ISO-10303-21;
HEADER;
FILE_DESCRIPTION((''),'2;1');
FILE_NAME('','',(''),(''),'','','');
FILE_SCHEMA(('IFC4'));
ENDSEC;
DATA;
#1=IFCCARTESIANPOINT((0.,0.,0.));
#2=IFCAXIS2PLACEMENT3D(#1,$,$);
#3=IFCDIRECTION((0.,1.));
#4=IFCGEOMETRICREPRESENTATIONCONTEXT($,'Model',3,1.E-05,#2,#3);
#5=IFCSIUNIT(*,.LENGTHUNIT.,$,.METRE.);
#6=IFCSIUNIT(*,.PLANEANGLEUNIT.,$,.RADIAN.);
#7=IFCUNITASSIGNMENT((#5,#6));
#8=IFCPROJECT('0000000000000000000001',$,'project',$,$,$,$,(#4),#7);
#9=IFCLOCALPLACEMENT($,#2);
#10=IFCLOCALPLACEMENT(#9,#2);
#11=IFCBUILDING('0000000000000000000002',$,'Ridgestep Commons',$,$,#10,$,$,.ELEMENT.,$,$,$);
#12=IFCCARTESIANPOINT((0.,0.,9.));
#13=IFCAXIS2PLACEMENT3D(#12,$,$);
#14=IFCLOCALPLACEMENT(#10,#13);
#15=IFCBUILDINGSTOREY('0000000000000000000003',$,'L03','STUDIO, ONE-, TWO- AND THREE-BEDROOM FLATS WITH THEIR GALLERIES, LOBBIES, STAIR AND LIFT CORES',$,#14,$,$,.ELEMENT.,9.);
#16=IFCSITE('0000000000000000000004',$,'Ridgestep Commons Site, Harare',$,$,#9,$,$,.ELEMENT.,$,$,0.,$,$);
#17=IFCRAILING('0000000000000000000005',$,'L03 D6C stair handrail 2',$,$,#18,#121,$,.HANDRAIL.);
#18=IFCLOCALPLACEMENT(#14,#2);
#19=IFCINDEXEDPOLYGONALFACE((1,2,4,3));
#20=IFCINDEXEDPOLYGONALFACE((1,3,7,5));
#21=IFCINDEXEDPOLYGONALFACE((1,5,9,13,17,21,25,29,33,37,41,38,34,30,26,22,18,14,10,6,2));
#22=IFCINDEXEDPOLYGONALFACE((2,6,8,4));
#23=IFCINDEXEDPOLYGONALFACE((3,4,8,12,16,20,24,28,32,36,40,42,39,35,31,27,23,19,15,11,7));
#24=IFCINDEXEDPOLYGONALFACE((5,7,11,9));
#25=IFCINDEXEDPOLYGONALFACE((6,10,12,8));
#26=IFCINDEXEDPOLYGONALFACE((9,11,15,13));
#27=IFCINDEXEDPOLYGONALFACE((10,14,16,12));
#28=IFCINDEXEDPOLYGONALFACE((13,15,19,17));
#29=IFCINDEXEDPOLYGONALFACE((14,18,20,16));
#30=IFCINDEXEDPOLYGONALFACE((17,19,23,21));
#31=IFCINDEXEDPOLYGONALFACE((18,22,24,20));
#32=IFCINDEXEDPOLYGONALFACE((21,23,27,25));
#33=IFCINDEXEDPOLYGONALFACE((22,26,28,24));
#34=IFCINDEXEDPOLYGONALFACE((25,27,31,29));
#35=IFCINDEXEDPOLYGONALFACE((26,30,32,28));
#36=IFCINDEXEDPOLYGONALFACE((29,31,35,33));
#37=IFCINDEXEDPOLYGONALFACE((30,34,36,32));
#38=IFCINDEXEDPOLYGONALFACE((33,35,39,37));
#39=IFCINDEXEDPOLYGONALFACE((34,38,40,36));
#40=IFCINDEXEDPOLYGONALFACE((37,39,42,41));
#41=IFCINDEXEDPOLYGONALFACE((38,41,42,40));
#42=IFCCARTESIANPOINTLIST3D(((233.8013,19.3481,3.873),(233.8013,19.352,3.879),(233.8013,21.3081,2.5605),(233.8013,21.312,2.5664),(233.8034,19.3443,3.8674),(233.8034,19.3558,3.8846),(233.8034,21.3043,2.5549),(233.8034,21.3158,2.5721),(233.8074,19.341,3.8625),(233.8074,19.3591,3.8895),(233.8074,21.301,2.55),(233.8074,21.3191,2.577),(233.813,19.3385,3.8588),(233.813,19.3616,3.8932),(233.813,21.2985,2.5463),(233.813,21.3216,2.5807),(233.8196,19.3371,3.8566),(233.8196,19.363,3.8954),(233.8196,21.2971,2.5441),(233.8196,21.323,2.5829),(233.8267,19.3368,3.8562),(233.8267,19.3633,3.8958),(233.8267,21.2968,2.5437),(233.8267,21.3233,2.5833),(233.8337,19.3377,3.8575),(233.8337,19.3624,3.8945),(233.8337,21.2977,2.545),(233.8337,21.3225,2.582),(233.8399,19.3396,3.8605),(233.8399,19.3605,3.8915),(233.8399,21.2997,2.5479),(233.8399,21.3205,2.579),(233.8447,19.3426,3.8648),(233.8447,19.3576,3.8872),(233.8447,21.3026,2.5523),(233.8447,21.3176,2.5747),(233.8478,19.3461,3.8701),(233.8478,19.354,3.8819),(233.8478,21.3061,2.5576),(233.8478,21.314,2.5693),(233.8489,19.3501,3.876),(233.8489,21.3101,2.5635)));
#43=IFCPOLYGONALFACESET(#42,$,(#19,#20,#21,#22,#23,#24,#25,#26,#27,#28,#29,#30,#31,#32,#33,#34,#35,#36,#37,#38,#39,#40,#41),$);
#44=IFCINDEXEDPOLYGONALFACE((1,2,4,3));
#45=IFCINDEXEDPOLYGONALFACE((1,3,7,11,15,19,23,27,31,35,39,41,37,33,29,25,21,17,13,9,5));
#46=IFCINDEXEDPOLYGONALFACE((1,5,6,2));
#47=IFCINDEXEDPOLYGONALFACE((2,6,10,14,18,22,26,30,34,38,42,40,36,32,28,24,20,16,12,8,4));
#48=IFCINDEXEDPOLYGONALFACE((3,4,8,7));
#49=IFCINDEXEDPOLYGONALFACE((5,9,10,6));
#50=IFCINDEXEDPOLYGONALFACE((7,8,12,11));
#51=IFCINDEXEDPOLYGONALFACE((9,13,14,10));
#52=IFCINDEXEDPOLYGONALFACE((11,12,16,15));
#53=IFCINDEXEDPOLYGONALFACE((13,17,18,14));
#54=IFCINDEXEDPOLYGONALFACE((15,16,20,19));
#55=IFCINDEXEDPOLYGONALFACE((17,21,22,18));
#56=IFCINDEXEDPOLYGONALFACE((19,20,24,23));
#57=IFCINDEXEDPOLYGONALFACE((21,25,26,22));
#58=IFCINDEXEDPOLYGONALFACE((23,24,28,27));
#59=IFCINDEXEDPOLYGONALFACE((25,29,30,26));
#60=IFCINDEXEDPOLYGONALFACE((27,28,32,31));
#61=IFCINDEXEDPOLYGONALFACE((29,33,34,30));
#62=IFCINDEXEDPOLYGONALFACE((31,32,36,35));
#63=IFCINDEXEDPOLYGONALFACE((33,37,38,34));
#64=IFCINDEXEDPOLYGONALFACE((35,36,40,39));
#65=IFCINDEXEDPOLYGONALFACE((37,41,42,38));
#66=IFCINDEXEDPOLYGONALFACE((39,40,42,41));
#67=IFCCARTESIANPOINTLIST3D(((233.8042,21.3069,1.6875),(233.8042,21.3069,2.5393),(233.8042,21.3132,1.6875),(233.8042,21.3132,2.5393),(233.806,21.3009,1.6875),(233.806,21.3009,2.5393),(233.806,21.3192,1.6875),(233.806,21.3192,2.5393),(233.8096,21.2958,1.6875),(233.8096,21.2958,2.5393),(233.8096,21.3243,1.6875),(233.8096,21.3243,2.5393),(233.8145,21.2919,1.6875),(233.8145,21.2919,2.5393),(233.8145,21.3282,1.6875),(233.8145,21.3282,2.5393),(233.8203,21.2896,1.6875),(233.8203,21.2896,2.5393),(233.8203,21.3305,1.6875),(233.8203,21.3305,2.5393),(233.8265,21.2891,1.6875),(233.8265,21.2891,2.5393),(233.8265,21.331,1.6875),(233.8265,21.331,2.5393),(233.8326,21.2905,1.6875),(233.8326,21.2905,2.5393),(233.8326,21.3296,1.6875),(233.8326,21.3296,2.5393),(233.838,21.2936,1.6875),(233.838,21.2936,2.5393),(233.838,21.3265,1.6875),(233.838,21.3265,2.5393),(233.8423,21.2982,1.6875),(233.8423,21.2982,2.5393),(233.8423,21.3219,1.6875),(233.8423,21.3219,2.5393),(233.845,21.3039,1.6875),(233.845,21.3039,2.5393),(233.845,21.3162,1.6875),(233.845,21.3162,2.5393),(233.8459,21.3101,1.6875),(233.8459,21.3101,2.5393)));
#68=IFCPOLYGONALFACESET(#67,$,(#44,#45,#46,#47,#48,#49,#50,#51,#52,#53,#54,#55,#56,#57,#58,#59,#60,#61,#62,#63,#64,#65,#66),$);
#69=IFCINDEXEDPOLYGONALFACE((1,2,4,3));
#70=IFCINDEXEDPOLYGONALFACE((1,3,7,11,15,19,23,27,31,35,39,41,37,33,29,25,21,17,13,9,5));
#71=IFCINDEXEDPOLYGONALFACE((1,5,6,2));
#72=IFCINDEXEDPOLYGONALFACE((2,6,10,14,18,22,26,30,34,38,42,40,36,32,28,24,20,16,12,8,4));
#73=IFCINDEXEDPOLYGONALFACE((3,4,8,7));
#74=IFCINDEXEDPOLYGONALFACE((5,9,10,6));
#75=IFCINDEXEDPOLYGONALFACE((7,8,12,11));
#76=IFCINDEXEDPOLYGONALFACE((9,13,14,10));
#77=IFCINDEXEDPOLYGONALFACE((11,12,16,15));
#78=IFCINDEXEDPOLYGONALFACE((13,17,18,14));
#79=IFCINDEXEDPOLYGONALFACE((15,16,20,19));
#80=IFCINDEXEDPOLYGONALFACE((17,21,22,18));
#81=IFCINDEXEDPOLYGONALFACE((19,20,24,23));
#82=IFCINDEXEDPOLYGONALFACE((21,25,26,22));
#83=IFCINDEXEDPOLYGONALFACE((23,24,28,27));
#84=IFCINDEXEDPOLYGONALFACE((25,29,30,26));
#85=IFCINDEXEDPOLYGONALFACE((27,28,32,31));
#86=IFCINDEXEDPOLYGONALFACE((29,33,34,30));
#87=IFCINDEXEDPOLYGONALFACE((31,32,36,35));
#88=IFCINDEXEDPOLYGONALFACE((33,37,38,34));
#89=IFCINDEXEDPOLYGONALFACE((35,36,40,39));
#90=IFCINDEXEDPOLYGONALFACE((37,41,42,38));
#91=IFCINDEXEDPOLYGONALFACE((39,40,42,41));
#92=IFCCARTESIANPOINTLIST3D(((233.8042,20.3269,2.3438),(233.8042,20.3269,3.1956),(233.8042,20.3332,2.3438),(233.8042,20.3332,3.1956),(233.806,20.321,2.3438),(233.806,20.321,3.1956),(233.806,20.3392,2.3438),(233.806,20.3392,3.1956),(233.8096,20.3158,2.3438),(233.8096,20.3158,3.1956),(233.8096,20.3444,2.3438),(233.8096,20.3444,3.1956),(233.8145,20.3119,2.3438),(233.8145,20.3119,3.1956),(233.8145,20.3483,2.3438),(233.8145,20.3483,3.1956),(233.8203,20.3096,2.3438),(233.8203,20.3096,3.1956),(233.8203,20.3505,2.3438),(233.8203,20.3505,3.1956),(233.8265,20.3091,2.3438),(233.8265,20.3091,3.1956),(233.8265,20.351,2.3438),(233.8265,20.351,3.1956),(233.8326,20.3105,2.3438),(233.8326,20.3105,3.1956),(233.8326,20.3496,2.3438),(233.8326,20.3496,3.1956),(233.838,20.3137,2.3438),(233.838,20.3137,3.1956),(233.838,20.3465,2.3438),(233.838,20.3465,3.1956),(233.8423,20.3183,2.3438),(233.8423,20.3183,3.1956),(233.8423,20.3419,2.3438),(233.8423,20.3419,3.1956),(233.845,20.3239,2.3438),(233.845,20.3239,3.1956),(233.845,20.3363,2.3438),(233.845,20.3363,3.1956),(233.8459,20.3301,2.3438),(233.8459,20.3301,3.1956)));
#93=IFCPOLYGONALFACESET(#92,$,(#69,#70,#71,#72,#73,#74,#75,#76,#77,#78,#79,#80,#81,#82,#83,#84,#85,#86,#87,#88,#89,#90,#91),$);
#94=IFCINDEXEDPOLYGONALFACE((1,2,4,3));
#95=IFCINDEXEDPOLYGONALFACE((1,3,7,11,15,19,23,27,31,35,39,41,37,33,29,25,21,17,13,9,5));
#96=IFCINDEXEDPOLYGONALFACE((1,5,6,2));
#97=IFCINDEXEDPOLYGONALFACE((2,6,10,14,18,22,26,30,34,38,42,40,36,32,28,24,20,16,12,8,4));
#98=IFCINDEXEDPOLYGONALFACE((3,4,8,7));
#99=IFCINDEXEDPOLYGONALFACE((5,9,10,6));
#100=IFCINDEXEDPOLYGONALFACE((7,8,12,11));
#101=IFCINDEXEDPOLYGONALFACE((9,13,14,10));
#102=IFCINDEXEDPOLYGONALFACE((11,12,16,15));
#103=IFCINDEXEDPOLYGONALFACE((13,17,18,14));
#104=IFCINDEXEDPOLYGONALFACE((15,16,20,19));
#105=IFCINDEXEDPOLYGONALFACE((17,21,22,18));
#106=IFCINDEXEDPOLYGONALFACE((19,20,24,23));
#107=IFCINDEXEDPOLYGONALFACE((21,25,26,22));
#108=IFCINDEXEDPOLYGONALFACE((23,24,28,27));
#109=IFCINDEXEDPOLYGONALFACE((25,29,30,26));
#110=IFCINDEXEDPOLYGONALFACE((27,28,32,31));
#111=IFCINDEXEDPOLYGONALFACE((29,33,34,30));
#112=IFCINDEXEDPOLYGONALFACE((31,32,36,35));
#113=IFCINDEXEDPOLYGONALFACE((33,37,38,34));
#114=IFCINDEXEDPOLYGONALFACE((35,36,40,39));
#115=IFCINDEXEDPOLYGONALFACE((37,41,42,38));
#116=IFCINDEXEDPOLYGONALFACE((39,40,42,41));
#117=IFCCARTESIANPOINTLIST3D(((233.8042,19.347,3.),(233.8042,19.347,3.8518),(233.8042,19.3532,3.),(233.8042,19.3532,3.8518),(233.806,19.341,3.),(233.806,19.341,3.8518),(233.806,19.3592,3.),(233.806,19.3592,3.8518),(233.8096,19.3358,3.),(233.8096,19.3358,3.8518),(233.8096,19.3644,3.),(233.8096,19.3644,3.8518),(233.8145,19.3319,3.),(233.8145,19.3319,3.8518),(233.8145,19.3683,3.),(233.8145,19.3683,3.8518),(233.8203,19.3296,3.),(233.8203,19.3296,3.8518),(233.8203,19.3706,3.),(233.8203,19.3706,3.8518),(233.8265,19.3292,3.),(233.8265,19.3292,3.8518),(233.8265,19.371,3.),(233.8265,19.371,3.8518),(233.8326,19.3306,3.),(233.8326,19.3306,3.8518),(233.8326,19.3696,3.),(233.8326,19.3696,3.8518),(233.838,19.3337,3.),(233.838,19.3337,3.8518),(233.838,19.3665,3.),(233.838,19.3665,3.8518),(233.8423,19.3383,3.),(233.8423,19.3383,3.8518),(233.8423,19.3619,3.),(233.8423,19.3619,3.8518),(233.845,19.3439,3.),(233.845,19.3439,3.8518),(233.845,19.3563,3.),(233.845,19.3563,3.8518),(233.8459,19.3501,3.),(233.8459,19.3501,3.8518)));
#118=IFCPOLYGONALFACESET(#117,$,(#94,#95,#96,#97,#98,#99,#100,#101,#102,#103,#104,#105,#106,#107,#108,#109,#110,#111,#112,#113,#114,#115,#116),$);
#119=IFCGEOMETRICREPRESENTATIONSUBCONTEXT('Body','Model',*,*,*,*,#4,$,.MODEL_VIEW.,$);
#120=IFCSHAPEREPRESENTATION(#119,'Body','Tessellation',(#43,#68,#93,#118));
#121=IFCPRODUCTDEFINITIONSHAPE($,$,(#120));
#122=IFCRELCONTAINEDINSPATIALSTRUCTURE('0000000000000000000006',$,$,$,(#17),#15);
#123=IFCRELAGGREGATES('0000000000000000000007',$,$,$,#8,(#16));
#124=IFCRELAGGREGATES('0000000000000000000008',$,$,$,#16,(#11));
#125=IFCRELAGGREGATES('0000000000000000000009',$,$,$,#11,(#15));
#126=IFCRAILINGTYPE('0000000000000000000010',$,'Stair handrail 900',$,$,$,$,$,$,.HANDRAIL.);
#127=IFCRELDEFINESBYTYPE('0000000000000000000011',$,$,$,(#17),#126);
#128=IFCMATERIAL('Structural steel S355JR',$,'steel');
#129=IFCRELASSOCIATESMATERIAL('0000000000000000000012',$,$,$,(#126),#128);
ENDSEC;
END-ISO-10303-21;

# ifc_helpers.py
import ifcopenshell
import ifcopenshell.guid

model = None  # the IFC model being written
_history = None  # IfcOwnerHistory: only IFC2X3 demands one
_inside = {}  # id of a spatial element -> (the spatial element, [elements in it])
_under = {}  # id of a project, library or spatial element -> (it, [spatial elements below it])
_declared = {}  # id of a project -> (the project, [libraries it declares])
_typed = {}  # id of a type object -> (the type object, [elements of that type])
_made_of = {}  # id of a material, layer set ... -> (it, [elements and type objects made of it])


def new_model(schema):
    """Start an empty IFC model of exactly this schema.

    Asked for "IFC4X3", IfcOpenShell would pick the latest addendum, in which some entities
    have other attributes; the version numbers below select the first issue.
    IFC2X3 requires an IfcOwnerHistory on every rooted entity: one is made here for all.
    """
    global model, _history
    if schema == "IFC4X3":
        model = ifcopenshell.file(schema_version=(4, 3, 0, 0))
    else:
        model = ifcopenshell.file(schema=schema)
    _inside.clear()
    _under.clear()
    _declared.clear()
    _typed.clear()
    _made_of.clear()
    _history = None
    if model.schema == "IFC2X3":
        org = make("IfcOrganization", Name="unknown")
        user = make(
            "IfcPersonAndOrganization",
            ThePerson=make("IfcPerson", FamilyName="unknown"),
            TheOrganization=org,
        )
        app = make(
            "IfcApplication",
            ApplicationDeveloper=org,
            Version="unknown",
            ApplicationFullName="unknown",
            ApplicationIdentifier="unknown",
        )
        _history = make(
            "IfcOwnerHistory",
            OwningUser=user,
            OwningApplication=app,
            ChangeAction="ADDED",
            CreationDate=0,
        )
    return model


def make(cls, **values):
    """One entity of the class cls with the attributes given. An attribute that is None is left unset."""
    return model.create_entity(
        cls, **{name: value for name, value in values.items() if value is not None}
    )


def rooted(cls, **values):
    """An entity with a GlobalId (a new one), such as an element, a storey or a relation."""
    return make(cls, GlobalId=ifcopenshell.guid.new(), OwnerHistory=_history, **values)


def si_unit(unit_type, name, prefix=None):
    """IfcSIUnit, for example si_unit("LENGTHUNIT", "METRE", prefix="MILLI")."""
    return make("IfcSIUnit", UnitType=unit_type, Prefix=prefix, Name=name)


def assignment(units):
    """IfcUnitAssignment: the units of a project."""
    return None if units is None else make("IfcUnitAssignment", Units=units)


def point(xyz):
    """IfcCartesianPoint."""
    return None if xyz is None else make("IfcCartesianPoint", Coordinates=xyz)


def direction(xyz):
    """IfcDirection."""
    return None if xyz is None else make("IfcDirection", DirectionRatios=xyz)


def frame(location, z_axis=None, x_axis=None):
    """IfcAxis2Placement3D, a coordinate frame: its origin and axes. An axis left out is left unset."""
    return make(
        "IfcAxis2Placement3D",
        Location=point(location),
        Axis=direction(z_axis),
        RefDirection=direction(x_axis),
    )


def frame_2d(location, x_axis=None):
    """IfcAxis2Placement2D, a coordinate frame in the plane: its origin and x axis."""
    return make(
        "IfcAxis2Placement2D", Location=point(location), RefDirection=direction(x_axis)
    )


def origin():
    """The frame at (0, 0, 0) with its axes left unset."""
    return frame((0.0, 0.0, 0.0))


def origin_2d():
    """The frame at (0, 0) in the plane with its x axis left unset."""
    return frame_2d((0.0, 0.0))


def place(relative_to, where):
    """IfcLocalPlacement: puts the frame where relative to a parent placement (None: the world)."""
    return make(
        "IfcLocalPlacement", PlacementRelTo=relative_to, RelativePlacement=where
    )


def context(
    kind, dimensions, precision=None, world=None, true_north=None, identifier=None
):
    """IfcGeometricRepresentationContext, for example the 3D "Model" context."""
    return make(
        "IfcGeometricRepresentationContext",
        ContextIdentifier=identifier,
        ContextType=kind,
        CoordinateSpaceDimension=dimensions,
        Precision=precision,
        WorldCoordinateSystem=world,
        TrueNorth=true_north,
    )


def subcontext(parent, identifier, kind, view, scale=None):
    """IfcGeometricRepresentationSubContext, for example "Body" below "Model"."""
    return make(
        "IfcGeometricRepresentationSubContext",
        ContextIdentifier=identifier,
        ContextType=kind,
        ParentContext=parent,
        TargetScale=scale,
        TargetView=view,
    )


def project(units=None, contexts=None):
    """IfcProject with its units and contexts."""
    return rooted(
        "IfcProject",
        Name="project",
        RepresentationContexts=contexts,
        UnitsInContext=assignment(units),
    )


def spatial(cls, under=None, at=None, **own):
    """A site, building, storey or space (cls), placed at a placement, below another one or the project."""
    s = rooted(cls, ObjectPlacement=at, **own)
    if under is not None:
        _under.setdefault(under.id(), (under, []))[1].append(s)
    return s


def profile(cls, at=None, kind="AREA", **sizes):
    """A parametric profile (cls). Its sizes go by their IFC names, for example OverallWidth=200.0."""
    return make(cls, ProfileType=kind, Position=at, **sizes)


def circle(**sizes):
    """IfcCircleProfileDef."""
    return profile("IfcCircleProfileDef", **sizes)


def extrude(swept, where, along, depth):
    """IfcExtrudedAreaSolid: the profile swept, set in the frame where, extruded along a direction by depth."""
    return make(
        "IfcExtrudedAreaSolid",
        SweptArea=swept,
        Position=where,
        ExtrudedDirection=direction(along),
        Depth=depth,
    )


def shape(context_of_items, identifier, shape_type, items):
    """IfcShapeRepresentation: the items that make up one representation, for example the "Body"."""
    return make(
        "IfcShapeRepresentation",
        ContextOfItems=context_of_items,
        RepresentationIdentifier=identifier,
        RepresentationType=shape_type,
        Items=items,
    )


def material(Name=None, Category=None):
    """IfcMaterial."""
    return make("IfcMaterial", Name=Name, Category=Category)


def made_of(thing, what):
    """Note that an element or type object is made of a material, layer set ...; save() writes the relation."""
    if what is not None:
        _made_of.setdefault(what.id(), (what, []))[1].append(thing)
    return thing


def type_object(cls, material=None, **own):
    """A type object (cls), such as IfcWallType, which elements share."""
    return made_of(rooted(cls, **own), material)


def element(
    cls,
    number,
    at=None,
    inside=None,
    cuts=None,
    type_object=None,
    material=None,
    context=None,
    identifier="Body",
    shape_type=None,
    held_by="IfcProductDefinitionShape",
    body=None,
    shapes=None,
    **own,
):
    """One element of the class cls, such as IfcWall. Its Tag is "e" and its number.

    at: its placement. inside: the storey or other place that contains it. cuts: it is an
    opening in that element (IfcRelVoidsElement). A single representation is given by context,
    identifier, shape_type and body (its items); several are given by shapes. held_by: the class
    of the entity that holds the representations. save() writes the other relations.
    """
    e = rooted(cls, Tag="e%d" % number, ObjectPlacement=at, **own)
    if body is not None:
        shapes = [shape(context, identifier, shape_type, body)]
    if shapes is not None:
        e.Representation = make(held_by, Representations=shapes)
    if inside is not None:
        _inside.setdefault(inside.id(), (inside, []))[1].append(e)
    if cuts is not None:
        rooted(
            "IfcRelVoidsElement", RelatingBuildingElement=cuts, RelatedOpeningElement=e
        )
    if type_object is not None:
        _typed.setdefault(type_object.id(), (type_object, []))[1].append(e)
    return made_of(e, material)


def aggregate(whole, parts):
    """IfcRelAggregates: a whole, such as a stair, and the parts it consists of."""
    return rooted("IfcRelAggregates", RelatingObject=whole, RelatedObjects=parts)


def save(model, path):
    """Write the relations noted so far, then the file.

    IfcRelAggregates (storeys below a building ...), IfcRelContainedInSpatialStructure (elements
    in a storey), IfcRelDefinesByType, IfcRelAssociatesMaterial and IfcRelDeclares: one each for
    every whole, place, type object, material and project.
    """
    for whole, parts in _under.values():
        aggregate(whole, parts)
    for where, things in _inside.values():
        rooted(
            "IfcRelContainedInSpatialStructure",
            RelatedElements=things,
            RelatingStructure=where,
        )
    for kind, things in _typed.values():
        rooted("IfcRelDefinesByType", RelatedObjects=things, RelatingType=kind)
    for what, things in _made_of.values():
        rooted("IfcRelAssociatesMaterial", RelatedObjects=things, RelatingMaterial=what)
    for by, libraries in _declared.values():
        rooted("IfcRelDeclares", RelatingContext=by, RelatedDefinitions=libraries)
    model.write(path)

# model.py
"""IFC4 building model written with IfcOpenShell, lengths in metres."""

from ifc_helpers import new_model, si_unit, direction, frame, origin, origin_2d, place, context, subcontext, project, spatial, circle, extrude, material, type_object, element, save


model = new_model("IFC4")

# Units and contexts
model_context = context("Model", 3, precision=1e-05, world=origin(), true_north=direction((0.0, 1.0)))
body_context = subcontext(model_context, "Body", "Model", "MODEL_VIEW")
ifc_project = project(units=[si_unit("LENGTHUNIT", "METRE"), si_unit("PLANEANGLEUNIT", "RADIAN")], contexts=[model_context])

# Site, building, storey
site_placement = place(None, origin())
site = spatial("IfcSite", under=ifc_project, at=site_placement, Name="Ridgestep Commons Site, Harare", CompositionType="ELEMENT", RefElevation=0.0)
building_placement = place(site_placement, origin())
building = spatial("IfcBuilding", under=site, at=building_placement, Name="Ridgestep Commons", CompositionType="ELEMENT")
storey_placement = place(building_placement, frame((0.0, 0.0, 9.0)))
storey = spatial("IfcBuildingStorey", under=building, at=storey_placement, Name="L03", Description="STUDIO, ONE-, TWO- AND THREE-BEDROOM FLATS WITH THEIR GALLERIES, LOBBIES, STAIR AND LIFT CORES", CompositionType="ELEMENT", Elevation=9.0)

# Railing
ifc_material_1 = material(Name="Structural steel S355JR", Category="steel")
railing_type_1 = type_object("IfcRailingType", Name="Stair handrail 900", PredefinedType="HANDRAIL", material=ifc_material_1)
railing_1_placement = place(storey_placement, frame((233.825, 21.3101, 1.6875)))
element("IfcRailing", 1, at=railing_1_placement, inside=storey, type_object=railing_type_1, Name="L03 D6C stair handrail 2", PredefinedType="HANDRAIL", context=body_context, shape_type="SweptSolid", body=[
    extrude(circle(Radius=0.0239, at=origin_2d()), frame((0.0, 0.0, 0.876), z_axis=(0.0, -0.830902, 0.556419), x_axis=(1.0, 0.0, 0.0)), (0.0, 0.0, 1.0), 2.3589),
    extrude(circle(Radius=0.021, at=origin_2d()), origin(), (0.0, 0.0, 1.0), 0.8518),
    extrude(circle(Radius=0.021, at=origin_2d()), frame((0.0, -0.98, 0.6562)), (0.0, 0.0, 1.0), 0.8518),
    extrude(circle(Radius=0.021, at=origin_2d()), frame((0.0, -1.96, 1.3125)), (0.0, 0.0, 1.0), 0.8518),
])

save(model, "model.ifc")
